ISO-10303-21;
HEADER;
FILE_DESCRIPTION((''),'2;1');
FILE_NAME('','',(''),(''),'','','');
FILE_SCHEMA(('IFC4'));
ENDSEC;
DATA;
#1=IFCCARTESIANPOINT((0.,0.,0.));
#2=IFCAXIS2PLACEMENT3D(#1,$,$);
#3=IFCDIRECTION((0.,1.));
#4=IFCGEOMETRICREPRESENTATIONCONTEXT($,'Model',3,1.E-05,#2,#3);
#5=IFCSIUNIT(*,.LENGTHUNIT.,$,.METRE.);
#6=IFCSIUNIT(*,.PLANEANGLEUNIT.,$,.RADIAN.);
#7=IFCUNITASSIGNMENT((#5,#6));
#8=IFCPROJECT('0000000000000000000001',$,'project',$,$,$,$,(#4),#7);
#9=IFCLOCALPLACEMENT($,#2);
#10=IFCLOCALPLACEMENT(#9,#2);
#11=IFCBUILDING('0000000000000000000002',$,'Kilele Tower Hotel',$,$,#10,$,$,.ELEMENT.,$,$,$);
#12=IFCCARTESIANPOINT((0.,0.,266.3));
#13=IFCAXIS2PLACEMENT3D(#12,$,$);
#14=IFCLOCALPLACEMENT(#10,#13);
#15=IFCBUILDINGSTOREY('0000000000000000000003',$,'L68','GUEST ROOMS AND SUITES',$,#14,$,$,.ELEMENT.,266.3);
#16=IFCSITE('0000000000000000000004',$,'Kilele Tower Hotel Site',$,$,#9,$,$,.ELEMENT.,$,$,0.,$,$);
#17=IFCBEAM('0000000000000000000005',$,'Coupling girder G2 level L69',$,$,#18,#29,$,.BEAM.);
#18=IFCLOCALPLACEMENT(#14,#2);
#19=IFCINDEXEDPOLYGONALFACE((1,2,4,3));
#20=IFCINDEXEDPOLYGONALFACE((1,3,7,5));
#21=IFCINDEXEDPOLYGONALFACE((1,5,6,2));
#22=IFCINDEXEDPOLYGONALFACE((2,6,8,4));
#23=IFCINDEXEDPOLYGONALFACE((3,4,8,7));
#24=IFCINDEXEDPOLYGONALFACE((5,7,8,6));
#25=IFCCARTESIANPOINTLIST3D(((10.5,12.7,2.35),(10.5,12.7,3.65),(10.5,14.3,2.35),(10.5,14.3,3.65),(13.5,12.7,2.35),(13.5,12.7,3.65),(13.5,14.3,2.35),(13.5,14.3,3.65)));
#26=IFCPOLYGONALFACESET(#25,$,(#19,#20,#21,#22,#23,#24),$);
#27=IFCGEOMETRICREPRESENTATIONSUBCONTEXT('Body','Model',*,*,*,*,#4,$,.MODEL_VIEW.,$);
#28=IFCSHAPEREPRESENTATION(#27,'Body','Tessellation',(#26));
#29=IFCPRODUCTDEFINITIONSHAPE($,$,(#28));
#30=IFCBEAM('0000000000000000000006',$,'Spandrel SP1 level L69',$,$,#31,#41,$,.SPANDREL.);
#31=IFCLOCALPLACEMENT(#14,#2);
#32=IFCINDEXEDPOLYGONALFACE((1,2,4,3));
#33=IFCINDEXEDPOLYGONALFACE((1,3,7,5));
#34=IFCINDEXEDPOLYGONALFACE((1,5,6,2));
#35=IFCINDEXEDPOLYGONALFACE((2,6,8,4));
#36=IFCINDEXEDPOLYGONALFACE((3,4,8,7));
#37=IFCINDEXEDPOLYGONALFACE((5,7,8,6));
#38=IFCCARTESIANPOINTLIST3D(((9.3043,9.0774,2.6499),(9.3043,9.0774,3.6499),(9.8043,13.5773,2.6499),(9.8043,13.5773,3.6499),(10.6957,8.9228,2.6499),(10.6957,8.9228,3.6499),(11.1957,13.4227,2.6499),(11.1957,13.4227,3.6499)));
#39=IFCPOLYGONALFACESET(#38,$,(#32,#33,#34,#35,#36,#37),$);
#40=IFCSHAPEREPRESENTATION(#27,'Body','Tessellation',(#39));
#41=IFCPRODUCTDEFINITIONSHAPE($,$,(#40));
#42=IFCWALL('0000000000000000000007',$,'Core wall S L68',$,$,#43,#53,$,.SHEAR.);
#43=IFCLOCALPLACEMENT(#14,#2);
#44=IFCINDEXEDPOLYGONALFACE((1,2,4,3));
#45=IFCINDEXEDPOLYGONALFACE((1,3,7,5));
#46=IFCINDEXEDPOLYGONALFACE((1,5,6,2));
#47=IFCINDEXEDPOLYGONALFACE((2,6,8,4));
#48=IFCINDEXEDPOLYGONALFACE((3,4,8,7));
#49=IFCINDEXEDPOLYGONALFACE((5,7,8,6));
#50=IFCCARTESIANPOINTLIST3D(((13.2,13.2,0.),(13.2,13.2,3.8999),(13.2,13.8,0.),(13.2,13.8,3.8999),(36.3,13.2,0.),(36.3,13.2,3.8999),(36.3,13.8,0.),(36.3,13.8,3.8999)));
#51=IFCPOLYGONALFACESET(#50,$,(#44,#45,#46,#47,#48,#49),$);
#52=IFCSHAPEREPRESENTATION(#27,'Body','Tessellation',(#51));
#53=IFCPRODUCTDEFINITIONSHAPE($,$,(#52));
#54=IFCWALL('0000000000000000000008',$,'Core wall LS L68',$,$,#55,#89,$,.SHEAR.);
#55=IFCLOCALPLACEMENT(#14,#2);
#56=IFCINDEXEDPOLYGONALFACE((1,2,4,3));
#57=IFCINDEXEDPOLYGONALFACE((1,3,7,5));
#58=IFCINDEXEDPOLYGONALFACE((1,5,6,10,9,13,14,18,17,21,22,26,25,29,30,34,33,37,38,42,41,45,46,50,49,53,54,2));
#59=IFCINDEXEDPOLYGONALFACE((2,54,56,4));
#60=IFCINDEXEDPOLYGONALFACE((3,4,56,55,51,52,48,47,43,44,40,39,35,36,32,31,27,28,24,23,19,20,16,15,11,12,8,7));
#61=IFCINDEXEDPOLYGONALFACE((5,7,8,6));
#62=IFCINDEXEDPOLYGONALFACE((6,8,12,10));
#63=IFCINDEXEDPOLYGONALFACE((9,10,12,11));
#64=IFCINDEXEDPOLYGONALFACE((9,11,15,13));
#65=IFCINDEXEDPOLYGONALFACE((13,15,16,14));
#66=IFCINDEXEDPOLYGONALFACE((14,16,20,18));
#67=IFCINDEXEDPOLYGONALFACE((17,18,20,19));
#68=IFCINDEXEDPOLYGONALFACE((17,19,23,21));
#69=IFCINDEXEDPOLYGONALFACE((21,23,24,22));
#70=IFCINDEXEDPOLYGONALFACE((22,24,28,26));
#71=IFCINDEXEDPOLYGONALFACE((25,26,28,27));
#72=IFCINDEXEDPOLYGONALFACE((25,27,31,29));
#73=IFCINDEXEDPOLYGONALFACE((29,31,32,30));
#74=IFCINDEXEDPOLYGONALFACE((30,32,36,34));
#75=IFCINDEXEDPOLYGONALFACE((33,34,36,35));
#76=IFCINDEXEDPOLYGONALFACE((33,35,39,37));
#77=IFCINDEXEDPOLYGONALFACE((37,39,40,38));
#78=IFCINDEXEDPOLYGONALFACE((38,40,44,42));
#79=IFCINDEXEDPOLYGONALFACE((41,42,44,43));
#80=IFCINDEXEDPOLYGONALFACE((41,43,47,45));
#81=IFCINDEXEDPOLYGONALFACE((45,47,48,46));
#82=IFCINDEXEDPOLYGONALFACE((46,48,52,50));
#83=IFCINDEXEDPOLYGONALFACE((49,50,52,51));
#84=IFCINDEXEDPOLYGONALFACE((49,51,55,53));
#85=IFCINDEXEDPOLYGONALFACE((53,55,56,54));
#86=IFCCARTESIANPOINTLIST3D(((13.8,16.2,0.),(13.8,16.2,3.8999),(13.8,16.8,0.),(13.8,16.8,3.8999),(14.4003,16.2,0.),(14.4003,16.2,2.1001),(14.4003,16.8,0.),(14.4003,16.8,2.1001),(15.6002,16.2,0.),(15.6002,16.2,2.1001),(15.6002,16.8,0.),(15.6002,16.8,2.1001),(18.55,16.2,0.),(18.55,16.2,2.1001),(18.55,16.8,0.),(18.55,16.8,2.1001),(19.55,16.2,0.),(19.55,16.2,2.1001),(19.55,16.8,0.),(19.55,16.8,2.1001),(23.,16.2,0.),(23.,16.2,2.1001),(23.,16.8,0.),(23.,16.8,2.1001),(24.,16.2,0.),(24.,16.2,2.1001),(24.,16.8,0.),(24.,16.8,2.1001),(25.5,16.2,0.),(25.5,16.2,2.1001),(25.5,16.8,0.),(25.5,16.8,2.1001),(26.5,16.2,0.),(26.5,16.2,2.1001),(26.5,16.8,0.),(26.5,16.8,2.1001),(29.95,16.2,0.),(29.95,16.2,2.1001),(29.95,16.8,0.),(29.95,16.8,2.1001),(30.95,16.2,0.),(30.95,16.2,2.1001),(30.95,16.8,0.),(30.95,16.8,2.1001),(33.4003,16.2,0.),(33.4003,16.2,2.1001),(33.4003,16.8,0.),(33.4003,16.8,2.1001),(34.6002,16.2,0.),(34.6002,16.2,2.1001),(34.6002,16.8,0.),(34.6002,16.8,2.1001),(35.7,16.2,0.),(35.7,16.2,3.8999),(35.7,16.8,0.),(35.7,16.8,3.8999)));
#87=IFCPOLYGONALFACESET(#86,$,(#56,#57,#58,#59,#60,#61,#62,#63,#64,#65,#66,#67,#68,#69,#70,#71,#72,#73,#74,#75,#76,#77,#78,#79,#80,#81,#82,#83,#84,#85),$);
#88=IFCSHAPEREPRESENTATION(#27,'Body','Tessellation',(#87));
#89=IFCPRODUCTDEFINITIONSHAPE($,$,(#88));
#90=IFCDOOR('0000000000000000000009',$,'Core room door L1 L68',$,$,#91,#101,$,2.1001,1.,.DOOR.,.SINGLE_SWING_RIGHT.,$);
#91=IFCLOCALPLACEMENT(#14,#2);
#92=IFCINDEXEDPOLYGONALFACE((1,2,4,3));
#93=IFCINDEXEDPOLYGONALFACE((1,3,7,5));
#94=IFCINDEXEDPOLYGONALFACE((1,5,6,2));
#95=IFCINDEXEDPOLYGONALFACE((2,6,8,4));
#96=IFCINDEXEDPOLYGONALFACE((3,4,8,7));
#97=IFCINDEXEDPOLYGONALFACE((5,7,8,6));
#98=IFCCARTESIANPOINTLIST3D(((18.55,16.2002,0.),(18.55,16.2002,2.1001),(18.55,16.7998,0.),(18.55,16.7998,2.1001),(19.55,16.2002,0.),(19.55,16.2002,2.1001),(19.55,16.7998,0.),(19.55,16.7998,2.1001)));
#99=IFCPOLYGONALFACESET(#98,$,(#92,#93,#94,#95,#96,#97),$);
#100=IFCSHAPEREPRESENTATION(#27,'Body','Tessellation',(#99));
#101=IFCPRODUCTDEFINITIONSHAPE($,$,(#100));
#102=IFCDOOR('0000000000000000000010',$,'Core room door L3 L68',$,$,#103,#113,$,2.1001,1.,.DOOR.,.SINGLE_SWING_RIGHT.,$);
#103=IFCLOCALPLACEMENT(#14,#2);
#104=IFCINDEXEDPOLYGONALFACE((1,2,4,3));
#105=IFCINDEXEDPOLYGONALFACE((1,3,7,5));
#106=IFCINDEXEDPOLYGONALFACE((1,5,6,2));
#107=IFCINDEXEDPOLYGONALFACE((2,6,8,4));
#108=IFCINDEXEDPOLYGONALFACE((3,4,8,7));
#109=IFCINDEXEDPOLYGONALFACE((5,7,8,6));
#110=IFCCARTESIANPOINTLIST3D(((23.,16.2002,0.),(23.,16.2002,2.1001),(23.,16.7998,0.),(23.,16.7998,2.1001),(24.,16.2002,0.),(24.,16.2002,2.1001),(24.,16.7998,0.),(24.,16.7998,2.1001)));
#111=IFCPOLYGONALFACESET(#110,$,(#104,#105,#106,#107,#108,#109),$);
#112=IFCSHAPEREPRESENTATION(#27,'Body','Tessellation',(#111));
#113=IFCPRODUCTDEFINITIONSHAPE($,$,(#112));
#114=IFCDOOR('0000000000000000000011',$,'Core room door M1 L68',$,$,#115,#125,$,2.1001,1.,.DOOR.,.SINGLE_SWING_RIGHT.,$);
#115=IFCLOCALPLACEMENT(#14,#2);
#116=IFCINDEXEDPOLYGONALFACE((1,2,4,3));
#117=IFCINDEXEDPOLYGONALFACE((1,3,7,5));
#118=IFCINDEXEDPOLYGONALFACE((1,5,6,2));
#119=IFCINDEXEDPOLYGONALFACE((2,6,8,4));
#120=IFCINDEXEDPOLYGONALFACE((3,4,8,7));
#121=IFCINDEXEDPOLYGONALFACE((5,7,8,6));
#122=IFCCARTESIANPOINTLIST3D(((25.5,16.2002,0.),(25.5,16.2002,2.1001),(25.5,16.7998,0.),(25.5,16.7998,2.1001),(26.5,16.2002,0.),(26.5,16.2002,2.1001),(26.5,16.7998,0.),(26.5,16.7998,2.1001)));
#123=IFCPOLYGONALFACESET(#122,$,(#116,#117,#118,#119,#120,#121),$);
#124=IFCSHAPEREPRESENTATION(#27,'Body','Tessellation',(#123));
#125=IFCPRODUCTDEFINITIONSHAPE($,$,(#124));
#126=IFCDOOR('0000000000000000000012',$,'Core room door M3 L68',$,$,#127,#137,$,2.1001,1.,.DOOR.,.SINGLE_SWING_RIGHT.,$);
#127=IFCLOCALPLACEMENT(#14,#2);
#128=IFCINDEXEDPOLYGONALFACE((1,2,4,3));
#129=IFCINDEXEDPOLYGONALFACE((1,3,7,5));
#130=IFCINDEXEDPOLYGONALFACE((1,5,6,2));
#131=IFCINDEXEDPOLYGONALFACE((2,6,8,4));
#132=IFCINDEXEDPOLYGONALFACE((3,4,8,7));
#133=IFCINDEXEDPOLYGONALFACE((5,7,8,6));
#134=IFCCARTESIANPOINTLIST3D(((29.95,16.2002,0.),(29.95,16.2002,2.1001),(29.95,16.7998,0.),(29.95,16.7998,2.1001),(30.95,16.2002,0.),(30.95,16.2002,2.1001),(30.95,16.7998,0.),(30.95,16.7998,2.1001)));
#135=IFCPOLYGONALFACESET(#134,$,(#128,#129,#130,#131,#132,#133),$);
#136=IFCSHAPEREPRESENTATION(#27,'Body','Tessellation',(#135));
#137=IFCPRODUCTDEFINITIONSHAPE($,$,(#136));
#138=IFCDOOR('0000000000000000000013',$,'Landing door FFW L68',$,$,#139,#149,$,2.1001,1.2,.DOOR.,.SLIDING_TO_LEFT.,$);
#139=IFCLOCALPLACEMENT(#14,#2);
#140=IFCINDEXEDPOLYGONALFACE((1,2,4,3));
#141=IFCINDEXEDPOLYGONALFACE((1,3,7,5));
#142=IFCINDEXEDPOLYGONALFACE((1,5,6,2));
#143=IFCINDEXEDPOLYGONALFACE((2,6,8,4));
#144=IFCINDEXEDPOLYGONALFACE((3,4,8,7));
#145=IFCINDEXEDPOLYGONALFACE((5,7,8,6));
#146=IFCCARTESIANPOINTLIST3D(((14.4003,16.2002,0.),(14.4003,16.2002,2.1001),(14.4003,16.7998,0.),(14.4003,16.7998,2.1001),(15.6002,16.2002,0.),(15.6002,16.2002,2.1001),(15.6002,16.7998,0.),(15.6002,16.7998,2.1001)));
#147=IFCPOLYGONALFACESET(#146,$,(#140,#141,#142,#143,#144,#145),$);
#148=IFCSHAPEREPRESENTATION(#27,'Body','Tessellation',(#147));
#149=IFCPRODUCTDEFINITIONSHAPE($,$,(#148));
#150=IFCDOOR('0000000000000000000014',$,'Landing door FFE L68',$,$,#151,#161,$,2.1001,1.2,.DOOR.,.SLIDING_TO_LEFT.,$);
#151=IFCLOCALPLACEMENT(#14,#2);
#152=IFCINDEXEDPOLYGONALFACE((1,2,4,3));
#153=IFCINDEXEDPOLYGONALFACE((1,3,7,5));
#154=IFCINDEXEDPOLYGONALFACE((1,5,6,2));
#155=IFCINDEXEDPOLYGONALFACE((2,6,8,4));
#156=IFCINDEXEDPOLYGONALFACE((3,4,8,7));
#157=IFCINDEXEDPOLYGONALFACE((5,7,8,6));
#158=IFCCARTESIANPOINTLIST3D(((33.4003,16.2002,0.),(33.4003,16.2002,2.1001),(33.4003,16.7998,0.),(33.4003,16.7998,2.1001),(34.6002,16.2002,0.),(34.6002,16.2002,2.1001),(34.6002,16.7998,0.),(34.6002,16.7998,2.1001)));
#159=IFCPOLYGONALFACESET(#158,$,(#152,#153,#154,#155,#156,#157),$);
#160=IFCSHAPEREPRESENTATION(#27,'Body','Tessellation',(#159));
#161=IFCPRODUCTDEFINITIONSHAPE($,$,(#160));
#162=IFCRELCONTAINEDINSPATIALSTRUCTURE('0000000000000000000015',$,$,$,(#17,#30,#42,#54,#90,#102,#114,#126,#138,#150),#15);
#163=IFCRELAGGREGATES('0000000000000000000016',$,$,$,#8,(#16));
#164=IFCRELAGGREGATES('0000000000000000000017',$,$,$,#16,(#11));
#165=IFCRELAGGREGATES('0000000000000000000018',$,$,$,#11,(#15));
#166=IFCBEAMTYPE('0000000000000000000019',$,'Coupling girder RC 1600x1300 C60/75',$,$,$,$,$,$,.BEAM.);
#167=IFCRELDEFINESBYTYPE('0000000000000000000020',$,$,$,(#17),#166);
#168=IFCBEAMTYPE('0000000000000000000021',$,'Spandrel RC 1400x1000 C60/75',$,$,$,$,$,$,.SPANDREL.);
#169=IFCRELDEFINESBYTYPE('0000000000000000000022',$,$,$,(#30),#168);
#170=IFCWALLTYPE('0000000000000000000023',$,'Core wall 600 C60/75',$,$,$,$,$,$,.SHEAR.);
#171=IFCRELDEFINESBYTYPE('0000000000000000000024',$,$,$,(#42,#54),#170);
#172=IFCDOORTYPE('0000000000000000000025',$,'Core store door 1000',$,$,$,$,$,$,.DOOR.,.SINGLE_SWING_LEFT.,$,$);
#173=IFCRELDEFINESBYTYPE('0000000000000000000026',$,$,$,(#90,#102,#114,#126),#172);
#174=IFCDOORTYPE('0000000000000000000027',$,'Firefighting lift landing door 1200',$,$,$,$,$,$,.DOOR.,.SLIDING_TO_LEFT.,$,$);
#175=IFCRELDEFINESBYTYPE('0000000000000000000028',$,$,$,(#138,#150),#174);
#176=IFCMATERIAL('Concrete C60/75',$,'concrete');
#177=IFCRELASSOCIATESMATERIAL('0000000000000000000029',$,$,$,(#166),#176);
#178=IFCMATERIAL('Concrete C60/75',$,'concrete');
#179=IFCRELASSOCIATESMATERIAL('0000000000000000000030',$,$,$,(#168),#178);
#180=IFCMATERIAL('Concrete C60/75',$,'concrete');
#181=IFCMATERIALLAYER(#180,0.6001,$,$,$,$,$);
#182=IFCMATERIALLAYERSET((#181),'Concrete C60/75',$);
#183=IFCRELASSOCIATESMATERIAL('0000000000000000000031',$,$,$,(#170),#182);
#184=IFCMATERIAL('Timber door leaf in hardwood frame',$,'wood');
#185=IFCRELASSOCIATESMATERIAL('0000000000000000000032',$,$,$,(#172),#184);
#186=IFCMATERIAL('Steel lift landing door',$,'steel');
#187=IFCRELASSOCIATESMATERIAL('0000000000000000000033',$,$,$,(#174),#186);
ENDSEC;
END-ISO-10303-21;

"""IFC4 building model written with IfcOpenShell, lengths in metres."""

from ifc_helpers import new_model, si_unit, direction, frame, frame_2d, origin, origin_2d, place, context, subcontext, project, spatial, rectangle, extrude, material, layer, layer_set, material_profile, profile_set, type_object, element, fill, save


model = new_model("IFC4")

# Units and contexts
model_context = context("Model", 3, precision=1e-05, world=origin(), true_north=direction((0.0, 1.0)))
body_context = subcontext(model_context, "Body", "Model", "MODEL_VIEW")
ifc_project = project(units=[si_unit("LENGTHUNIT", "METRE"), si_unit("PLANEANGLEUNIT", "RADIAN")], contexts=[model_context])

# Site, building, storey
site_placement = place(None, origin())
site = spatial("IfcSite", under=ifc_project, at=site_placement, Name="Kilele Tower Hotel Site", CompositionType="ELEMENT", RefElevation=0.0)
building_placement = place(site_placement, origin())
building = spatial("IfcBuilding", under=site, at=building_placement, Name="Kilele Tower Hotel", CompositionType="ELEMENT")
storey_placement = place(building_placement, frame((0.0, 0.0, 266.3)))
storey = spatial("IfcBuildingStorey", under=building, at=storey_placement, Name="L68", Description="GUEST ROOMS AND SUITES", CompositionType="ELEMENT", Elevation=266.3)

# Beams
ifc_material_1 = material(Name="Concrete C60/75", Category="concrete")
ifc_material_profile_1 = material_profile(ifc_material_1, rectangle(XDim=1.6001, YDim=1.3, at=origin_2d()))
ifc_profile_set_1 = profile_set([ifc_material_profile_1], Name="Concrete C60/75")
beam_type_1 = type_object("IfcBeamType", Name="Coupling girder RC 1600x1300 C60/75", PredefinedType="BEAM", material=ifc_profile_set_1)
beam_1_placement = place(storey_placement, frame((10.5, 13.5, 3.0), z_axis=(1.0, 0.0, 0.0), x_axis=(0.0, 1.0, 0.0)))
element("IfcBeam", 1, at=beam_1_placement, inside=storey, type_object=beam_type_1, Name="Coupling girder G2 level L69", PredefinedType="BEAM", context=body_context, shape_type="SweptSolid", body=[
    extrude(rectangle(XDim=1.6001, YDim=1.3, at=origin_2d()), origin(), (0.0, 0.0, 1.0), 3.0),
])
ifc_material_2 = material(Name="Concrete C60/75", Category="concrete")
ifc_material_profile_2 = material_profile(ifc_material_2, rectangle(XDim=1.3999, YDim=1.0, at=origin_2d()))
ifc_profile_set_2 = profile_set([ifc_material_profile_2], Name="Concrete C60/75")
beam_type_2 = type_object("IfcBeamType", Name="Spandrel RC 1400x1000 C60/75", PredefinedType="SPANDREL", material=ifc_profile_set_2)
beam_2_placement = place(storey_placement, frame((10.5, 13.5, 3.1499), z_axis=(-0.110432, -0.993884, 0.0), x_axis=(0.993884, -0.110432, 0.0)))
element("IfcBeam", 2, at=beam_2_placement, inside=storey, type_object=beam_type_2, Name="Spandrel SP1 level L69", PredefinedType="SPANDREL", context=body_context, shape_type="SweptSolid", body=[
    extrude(rectangle(XDim=1.3999, YDim=1.0, at=origin_2d()), origin(), (0.0, 0.0, 1.0), 4.5276),
])

# Wall
ifc_material_3 = material(Name="Concrete C60/75", Category="concrete")
ifc_layer = layer(ifc_material_3, 0.6001)
ifc_layer_set = layer_set([ifc_layer], Name="Concrete C60/75")
wall_type = type_object("IfcWallType", Name="Core wall 600 C60/75", PredefinedType="SHEAR", material=ifc_layer_set)
wall_1_placement = place(storey_placement, frame((13.2, 13.5, 0.0), z_axis=(0.0, 0.0, 1.0), x_axis=(1.0, 0.0, 0.0)))
element("IfcWall", 3, at=wall_1_placement, inside=storey, type_object=wall_type, Name="Core wall S L68", PredefinedType="SHEAR", context=body_context, shape_type="SweptSolid", body=[
    extrude(rectangle(XDim=23.1001, YDim=0.6001, at=frame_2d((11.55, 0.0))), origin(), (0.0, 0.0, 1.0), 3.8999),
])

# Wall, openings, doors
wall_2_placement = place(storey_placement, frame((13.8, 16.5, 0.0), z_axis=(0.0, 0.0, 1.0), x_axis=(1.0, 0.0, 0.0)))
wall_2 = element("IfcWall", 4, at=wall_2_placement, inside=storey, type_object=wall_type, Name="Core wall LS L68", PredefinedType="SHEAR", context=body_context, shape_type="SweptSolid", body=[
    extrude(rectangle(XDim=21.8999, YDim=0.6001, at=frame_2d((10.95, 0.0))), origin(), (0.0, 0.0, 1.0), 3.8999),
])
opening_1_placement = place(wall_2_placement, frame((5.75, 0.0, 0.0), z_axis=(0.0, 0.0, 1.0), x_axis=(-1.0, 0.0, 0.0)))
opening_1 = element("IfcOpeningElement", 5, at=opening_1_placement, cuts=wall_2, PredefinedType="OPENING", context=body_context, shape_type="SweptSolid", body=[
    extrude(rectangle(XDim=1.0, YDim=2.1001, at=frame_2d((0.5, 1.05))), frame((0.0, 0.3101, 0.0), z_axis=(0.0, -1.0, 0.0), x_axis=(1.0, 0.0, 0.0)), (0.0, 0.0, 1.0), 0.6201),
])
opening_2_placement = place(wall_2_placement, frame((10.2, 0.0, 0.0), z_axis=(0.0, 0.0, 1.0), x_axis=(-1.0, 0.0, 0.0)))
opening_2 = element("IfcOpeningElement", 6, at=opening_2_placement, cuts=wall_2, PredefinedType="OPENING", context=body_context, shape_type="SweptSolid", body=[
    extrude(rectangle(XDim=1.0, YDim=2.1001, at=frame_2d((0.5, 1.05))), frame((0.0, 0.3101, 0.0), z_axis=(0.0, -1.0, 0.0), x_axis=(1.0, 0.0, 0.0)), (0.0, 0.0, 1.0), 0.6201),
])
opening_3_placement = place(wall_2_placement, frame((12.7, 0.0, 0.0), z_axis=(0.0, 0.0, 1.0), x_axis=(-1.0, 0.0, 0.0)))
opening_3 = element("IfcOpeningElement", 7, at=opening_3_placement, cuts=wall_2, PredefinedType="OPENING", context=body_context, shape_type="SweptSolid", body=[
    extrude(rectangle(XDim=1.0, YDim=2.1001, at=frame_2d((0.5, 1.05))), frame((0.0, 0.3101, 0.0), z_axis=(0.0, -1.0, 0.0), x_axis=(1.0, 0.0, 0.0)), (0.0, 0.0, 1.0), 0.6201),
])
opening_4_placement = place(wall_2_placement, frame((17.1499, 0.0, 0.0), z_axis=(0.0, 0.0, 1.0), x_axis=(-1.0, 0.0, 0.0)))
opening_4 = element("IfcOpeningElement", 8, at=opening_4_placement, cuts=wall_2, PredefinedType="OPENING", context=body_context, shape_type="SweptSolid", body=[
    extrude(rectangle(XDim=1.0, YDim=2.1001, at=frame_2d((0.5, 1.05))), frame((0.0, 0.3101, 0.0), z_axis=(0.0, -1.0, 0.0), x_axis=(1.0, 0.0, 0.0)), (0.0, 0.0, 1.0), 0.6201),
])
opening_5_placement = place(wall_2_placement, frame((0.6001, 0.0, 0.0)))
opening_5 = element("IfcOpeningElement", 9, at=opening_5_placement, cuts=wall_2, PredefinedType="OPENING", context=body_context, shape_type="SweptSolid", body=[
    extrude(rectangle(XDim=1.2, YDim=2.1001, at=frame_2d((0.6001, 1.05))), frame((0.0, 0.3101, 0.0), z_axis=(0.0, -1.0, 0.0), x_axis=(1.0, 0.0, 0.0)), (0.0, 0.0, 1.0), 0.6201),
])
opening_6_placement = place(wall_2_placement, frame((19.6001, 0.0, 0.0)))
opening_6 = element("IfcOpeningElement", 10, at=opening_6_placement, cuts=wall_2, PredefinedType="OPENING", context=body_context, shape_type="SweptSolid", body=[
    extrude(rectangle(XDim=1.2, YDim=2.1001, at=frame_2d((0.6001, 1.05))), frame((0.0, 0.3101, 0.0), z_axis=(0.0, -1.0, 0.0), x_axis=(1.0, 0.0, 0.0)), (0.0, 0.0, 1.0), 0.6201),
])
ifc_material_4 = material(Name="Timber door leaf in hardwood frame", Category="wood")
door_type_1 = type_object("IfcDoorType", Name="Core store door 1000", OperationType="SINGLE_SWING_LEFT", PredefinedType="DOOR", material=ifc_material_4)
door_1_placement = place(opening_1_placement, origin())
door_1 = element("IfcDoor", 11, at=door_1_placement, inside=storey, type_object=door_type_1, Name="Core room door L1 L68", OperationType="SINGLE_SWING_RIGHT", OverallHeight=2.1001, OverallWidth=1.0, PredefinedType="DOOR", context=body_context, shape_type="SweptSolid", body=[
    extrude(rectangle(XDim=1.0, YDim=2.1001, at=frame_2d((0.5, 1.05))), frame((0.0, 0.2998, 0.0), z_axis=(0.0, -1.0, 0.0), x_axis=(1.0, 0.0, 0.0)), (0.0, 0.0, 1.0), 0.5996),
])
fill(opening_1, door_1)
door_2_placement = place(opening_2_placement, origin())
door_2 = element("IfcDoor", 12, at=door_2_placement, inside=storey, type_object=door_type_1, Name="Core room door L3 L68", OperationType="SINGLE_SWING_RIGHT", OverallHeight=2.1001, OverallWidth=1.0, PredefinedType="DOOR", context=body_context, shape_type="SweptSolid", body=[
    extrude(rectangle(XDim=1.0, YDim=2.1001, at=frame_2d((0.5, 1.05))), frame((0.0, 0.2998, 0.0), z_axis=(0.0, -1.0, 0.0), x_axis=(1.0, 0.0, 0.0)), (0.0, 0.0, 1.0), 0.5996),
])
fill(opening_2, door_2)
door_3_placement = place(opening_3_placement, origin())
door_3 = element("IfcDoor", 13, at=door_3_placement, inside=storey, type_object=door_type_1, Name="Core room door M1 L68", OperationType="SINGLE_SWING_RIGHT", OverallHeight=2.1001, OverallWidth=1.0, PredefinedType="DOOR", context=body_context, shape_type="SweptSolid", body=[
    extrude(rectangle(XDim=1.0, YDim=2.1001, at=frame_2d((0.5, 1.05))), frame((0.0, 0.2998, 0.0), z_axis=(0.0, -1.0, 0.0), x_axis=(1.0, 0.0, 0.0)), (0.0, 0.0, 1.0), 0.5996),
])
fill(opening_3, door_3)
door_4_placement = place(opening_4_placement, origin())
door_4 = element("IfcDoor", 14, at=door_4_placement, inside=storey, type_object=door_type_1, Name="Core room door M3 L68", OperationType="SINGLE_SWING_RIGHT", OverallHeight=2.1001, OverallWidth=1.0, PredefinedType="DOOR", context=body_context, shape_type="SweptSolid", body=[
    extrude(rectangle(XDim=1.0, YDim=2.1001, at=frame_2d((0.5, 1.05))), frame((0.0, 0.2998, 0.0), z_axis=(0.0, -1.0, 0.0), x_axis=(1.0, 0.0, 0.0)), (0.0, 0.0, 1.0), 0.5996),
])
fill(opening_4, door_4)
ifc_material_5 = material(Name="Steel lift landing door", Category="steel")
door_type_2 = type_object("IfcDoorType", Name="Firefighting lift landing door 1200", OperationType="SLIDING_TO_LEFT", PredefinedType="DOOR", material=ifc_material_5)
door_5_placement = place(opening_5_placement, origin())
door_5 = element("IfcDoor", 15, at=door_5_placement, inside=storey, type_object=door_type_2, Name="Landing door FFW L68", OperationType="SLIDING_TO_LEFT", OverallHeight=2.1001, OverallWidth=1.2, PredefinedType="DOOR", context=body_context, shape_type="SweptSolid", body=[
    extrude(rectangle(XDim=1.2, YDim=2.1001, at=frame_2d((0.6001, 1.05))), frame((0.0, 0.2998, 0.0), z_axis=(0.0, -1.0, 0.0), x_axis=(1.0, 0.0, 0.0)), (0.0, 0.0, 1.0), 0.5996),
])
fill(opening_5, door_5)
door_6_placement = place(opening_6_placement, origin())
door_6 = element("IfcDoor", 16, at=door_6_placement, inside=storey, type_object=door_type_2, Name="Landing door FFE L68", OperationType="SLIDING_TO_LEFT", OverallHeight=2.1001, OverallWidth=1.2, PredefinedType="DOOR", context=body_context, shape_type="SweptSolid", body=[
    extrude(rectangle(XDim=1.2, YDim=2.1001, at=frame_2d((0.6001, 1.05))), frame((0.0, 0.2998, 0.0), z_axis=(0.0, -1.0, 0.0), x_axis=(1.0, 0.0, 0.0)), (0.0, 0.0, 1.0), 0.5996),
])
fill(opening_6, door_6)

save(model, "model.ifc")
